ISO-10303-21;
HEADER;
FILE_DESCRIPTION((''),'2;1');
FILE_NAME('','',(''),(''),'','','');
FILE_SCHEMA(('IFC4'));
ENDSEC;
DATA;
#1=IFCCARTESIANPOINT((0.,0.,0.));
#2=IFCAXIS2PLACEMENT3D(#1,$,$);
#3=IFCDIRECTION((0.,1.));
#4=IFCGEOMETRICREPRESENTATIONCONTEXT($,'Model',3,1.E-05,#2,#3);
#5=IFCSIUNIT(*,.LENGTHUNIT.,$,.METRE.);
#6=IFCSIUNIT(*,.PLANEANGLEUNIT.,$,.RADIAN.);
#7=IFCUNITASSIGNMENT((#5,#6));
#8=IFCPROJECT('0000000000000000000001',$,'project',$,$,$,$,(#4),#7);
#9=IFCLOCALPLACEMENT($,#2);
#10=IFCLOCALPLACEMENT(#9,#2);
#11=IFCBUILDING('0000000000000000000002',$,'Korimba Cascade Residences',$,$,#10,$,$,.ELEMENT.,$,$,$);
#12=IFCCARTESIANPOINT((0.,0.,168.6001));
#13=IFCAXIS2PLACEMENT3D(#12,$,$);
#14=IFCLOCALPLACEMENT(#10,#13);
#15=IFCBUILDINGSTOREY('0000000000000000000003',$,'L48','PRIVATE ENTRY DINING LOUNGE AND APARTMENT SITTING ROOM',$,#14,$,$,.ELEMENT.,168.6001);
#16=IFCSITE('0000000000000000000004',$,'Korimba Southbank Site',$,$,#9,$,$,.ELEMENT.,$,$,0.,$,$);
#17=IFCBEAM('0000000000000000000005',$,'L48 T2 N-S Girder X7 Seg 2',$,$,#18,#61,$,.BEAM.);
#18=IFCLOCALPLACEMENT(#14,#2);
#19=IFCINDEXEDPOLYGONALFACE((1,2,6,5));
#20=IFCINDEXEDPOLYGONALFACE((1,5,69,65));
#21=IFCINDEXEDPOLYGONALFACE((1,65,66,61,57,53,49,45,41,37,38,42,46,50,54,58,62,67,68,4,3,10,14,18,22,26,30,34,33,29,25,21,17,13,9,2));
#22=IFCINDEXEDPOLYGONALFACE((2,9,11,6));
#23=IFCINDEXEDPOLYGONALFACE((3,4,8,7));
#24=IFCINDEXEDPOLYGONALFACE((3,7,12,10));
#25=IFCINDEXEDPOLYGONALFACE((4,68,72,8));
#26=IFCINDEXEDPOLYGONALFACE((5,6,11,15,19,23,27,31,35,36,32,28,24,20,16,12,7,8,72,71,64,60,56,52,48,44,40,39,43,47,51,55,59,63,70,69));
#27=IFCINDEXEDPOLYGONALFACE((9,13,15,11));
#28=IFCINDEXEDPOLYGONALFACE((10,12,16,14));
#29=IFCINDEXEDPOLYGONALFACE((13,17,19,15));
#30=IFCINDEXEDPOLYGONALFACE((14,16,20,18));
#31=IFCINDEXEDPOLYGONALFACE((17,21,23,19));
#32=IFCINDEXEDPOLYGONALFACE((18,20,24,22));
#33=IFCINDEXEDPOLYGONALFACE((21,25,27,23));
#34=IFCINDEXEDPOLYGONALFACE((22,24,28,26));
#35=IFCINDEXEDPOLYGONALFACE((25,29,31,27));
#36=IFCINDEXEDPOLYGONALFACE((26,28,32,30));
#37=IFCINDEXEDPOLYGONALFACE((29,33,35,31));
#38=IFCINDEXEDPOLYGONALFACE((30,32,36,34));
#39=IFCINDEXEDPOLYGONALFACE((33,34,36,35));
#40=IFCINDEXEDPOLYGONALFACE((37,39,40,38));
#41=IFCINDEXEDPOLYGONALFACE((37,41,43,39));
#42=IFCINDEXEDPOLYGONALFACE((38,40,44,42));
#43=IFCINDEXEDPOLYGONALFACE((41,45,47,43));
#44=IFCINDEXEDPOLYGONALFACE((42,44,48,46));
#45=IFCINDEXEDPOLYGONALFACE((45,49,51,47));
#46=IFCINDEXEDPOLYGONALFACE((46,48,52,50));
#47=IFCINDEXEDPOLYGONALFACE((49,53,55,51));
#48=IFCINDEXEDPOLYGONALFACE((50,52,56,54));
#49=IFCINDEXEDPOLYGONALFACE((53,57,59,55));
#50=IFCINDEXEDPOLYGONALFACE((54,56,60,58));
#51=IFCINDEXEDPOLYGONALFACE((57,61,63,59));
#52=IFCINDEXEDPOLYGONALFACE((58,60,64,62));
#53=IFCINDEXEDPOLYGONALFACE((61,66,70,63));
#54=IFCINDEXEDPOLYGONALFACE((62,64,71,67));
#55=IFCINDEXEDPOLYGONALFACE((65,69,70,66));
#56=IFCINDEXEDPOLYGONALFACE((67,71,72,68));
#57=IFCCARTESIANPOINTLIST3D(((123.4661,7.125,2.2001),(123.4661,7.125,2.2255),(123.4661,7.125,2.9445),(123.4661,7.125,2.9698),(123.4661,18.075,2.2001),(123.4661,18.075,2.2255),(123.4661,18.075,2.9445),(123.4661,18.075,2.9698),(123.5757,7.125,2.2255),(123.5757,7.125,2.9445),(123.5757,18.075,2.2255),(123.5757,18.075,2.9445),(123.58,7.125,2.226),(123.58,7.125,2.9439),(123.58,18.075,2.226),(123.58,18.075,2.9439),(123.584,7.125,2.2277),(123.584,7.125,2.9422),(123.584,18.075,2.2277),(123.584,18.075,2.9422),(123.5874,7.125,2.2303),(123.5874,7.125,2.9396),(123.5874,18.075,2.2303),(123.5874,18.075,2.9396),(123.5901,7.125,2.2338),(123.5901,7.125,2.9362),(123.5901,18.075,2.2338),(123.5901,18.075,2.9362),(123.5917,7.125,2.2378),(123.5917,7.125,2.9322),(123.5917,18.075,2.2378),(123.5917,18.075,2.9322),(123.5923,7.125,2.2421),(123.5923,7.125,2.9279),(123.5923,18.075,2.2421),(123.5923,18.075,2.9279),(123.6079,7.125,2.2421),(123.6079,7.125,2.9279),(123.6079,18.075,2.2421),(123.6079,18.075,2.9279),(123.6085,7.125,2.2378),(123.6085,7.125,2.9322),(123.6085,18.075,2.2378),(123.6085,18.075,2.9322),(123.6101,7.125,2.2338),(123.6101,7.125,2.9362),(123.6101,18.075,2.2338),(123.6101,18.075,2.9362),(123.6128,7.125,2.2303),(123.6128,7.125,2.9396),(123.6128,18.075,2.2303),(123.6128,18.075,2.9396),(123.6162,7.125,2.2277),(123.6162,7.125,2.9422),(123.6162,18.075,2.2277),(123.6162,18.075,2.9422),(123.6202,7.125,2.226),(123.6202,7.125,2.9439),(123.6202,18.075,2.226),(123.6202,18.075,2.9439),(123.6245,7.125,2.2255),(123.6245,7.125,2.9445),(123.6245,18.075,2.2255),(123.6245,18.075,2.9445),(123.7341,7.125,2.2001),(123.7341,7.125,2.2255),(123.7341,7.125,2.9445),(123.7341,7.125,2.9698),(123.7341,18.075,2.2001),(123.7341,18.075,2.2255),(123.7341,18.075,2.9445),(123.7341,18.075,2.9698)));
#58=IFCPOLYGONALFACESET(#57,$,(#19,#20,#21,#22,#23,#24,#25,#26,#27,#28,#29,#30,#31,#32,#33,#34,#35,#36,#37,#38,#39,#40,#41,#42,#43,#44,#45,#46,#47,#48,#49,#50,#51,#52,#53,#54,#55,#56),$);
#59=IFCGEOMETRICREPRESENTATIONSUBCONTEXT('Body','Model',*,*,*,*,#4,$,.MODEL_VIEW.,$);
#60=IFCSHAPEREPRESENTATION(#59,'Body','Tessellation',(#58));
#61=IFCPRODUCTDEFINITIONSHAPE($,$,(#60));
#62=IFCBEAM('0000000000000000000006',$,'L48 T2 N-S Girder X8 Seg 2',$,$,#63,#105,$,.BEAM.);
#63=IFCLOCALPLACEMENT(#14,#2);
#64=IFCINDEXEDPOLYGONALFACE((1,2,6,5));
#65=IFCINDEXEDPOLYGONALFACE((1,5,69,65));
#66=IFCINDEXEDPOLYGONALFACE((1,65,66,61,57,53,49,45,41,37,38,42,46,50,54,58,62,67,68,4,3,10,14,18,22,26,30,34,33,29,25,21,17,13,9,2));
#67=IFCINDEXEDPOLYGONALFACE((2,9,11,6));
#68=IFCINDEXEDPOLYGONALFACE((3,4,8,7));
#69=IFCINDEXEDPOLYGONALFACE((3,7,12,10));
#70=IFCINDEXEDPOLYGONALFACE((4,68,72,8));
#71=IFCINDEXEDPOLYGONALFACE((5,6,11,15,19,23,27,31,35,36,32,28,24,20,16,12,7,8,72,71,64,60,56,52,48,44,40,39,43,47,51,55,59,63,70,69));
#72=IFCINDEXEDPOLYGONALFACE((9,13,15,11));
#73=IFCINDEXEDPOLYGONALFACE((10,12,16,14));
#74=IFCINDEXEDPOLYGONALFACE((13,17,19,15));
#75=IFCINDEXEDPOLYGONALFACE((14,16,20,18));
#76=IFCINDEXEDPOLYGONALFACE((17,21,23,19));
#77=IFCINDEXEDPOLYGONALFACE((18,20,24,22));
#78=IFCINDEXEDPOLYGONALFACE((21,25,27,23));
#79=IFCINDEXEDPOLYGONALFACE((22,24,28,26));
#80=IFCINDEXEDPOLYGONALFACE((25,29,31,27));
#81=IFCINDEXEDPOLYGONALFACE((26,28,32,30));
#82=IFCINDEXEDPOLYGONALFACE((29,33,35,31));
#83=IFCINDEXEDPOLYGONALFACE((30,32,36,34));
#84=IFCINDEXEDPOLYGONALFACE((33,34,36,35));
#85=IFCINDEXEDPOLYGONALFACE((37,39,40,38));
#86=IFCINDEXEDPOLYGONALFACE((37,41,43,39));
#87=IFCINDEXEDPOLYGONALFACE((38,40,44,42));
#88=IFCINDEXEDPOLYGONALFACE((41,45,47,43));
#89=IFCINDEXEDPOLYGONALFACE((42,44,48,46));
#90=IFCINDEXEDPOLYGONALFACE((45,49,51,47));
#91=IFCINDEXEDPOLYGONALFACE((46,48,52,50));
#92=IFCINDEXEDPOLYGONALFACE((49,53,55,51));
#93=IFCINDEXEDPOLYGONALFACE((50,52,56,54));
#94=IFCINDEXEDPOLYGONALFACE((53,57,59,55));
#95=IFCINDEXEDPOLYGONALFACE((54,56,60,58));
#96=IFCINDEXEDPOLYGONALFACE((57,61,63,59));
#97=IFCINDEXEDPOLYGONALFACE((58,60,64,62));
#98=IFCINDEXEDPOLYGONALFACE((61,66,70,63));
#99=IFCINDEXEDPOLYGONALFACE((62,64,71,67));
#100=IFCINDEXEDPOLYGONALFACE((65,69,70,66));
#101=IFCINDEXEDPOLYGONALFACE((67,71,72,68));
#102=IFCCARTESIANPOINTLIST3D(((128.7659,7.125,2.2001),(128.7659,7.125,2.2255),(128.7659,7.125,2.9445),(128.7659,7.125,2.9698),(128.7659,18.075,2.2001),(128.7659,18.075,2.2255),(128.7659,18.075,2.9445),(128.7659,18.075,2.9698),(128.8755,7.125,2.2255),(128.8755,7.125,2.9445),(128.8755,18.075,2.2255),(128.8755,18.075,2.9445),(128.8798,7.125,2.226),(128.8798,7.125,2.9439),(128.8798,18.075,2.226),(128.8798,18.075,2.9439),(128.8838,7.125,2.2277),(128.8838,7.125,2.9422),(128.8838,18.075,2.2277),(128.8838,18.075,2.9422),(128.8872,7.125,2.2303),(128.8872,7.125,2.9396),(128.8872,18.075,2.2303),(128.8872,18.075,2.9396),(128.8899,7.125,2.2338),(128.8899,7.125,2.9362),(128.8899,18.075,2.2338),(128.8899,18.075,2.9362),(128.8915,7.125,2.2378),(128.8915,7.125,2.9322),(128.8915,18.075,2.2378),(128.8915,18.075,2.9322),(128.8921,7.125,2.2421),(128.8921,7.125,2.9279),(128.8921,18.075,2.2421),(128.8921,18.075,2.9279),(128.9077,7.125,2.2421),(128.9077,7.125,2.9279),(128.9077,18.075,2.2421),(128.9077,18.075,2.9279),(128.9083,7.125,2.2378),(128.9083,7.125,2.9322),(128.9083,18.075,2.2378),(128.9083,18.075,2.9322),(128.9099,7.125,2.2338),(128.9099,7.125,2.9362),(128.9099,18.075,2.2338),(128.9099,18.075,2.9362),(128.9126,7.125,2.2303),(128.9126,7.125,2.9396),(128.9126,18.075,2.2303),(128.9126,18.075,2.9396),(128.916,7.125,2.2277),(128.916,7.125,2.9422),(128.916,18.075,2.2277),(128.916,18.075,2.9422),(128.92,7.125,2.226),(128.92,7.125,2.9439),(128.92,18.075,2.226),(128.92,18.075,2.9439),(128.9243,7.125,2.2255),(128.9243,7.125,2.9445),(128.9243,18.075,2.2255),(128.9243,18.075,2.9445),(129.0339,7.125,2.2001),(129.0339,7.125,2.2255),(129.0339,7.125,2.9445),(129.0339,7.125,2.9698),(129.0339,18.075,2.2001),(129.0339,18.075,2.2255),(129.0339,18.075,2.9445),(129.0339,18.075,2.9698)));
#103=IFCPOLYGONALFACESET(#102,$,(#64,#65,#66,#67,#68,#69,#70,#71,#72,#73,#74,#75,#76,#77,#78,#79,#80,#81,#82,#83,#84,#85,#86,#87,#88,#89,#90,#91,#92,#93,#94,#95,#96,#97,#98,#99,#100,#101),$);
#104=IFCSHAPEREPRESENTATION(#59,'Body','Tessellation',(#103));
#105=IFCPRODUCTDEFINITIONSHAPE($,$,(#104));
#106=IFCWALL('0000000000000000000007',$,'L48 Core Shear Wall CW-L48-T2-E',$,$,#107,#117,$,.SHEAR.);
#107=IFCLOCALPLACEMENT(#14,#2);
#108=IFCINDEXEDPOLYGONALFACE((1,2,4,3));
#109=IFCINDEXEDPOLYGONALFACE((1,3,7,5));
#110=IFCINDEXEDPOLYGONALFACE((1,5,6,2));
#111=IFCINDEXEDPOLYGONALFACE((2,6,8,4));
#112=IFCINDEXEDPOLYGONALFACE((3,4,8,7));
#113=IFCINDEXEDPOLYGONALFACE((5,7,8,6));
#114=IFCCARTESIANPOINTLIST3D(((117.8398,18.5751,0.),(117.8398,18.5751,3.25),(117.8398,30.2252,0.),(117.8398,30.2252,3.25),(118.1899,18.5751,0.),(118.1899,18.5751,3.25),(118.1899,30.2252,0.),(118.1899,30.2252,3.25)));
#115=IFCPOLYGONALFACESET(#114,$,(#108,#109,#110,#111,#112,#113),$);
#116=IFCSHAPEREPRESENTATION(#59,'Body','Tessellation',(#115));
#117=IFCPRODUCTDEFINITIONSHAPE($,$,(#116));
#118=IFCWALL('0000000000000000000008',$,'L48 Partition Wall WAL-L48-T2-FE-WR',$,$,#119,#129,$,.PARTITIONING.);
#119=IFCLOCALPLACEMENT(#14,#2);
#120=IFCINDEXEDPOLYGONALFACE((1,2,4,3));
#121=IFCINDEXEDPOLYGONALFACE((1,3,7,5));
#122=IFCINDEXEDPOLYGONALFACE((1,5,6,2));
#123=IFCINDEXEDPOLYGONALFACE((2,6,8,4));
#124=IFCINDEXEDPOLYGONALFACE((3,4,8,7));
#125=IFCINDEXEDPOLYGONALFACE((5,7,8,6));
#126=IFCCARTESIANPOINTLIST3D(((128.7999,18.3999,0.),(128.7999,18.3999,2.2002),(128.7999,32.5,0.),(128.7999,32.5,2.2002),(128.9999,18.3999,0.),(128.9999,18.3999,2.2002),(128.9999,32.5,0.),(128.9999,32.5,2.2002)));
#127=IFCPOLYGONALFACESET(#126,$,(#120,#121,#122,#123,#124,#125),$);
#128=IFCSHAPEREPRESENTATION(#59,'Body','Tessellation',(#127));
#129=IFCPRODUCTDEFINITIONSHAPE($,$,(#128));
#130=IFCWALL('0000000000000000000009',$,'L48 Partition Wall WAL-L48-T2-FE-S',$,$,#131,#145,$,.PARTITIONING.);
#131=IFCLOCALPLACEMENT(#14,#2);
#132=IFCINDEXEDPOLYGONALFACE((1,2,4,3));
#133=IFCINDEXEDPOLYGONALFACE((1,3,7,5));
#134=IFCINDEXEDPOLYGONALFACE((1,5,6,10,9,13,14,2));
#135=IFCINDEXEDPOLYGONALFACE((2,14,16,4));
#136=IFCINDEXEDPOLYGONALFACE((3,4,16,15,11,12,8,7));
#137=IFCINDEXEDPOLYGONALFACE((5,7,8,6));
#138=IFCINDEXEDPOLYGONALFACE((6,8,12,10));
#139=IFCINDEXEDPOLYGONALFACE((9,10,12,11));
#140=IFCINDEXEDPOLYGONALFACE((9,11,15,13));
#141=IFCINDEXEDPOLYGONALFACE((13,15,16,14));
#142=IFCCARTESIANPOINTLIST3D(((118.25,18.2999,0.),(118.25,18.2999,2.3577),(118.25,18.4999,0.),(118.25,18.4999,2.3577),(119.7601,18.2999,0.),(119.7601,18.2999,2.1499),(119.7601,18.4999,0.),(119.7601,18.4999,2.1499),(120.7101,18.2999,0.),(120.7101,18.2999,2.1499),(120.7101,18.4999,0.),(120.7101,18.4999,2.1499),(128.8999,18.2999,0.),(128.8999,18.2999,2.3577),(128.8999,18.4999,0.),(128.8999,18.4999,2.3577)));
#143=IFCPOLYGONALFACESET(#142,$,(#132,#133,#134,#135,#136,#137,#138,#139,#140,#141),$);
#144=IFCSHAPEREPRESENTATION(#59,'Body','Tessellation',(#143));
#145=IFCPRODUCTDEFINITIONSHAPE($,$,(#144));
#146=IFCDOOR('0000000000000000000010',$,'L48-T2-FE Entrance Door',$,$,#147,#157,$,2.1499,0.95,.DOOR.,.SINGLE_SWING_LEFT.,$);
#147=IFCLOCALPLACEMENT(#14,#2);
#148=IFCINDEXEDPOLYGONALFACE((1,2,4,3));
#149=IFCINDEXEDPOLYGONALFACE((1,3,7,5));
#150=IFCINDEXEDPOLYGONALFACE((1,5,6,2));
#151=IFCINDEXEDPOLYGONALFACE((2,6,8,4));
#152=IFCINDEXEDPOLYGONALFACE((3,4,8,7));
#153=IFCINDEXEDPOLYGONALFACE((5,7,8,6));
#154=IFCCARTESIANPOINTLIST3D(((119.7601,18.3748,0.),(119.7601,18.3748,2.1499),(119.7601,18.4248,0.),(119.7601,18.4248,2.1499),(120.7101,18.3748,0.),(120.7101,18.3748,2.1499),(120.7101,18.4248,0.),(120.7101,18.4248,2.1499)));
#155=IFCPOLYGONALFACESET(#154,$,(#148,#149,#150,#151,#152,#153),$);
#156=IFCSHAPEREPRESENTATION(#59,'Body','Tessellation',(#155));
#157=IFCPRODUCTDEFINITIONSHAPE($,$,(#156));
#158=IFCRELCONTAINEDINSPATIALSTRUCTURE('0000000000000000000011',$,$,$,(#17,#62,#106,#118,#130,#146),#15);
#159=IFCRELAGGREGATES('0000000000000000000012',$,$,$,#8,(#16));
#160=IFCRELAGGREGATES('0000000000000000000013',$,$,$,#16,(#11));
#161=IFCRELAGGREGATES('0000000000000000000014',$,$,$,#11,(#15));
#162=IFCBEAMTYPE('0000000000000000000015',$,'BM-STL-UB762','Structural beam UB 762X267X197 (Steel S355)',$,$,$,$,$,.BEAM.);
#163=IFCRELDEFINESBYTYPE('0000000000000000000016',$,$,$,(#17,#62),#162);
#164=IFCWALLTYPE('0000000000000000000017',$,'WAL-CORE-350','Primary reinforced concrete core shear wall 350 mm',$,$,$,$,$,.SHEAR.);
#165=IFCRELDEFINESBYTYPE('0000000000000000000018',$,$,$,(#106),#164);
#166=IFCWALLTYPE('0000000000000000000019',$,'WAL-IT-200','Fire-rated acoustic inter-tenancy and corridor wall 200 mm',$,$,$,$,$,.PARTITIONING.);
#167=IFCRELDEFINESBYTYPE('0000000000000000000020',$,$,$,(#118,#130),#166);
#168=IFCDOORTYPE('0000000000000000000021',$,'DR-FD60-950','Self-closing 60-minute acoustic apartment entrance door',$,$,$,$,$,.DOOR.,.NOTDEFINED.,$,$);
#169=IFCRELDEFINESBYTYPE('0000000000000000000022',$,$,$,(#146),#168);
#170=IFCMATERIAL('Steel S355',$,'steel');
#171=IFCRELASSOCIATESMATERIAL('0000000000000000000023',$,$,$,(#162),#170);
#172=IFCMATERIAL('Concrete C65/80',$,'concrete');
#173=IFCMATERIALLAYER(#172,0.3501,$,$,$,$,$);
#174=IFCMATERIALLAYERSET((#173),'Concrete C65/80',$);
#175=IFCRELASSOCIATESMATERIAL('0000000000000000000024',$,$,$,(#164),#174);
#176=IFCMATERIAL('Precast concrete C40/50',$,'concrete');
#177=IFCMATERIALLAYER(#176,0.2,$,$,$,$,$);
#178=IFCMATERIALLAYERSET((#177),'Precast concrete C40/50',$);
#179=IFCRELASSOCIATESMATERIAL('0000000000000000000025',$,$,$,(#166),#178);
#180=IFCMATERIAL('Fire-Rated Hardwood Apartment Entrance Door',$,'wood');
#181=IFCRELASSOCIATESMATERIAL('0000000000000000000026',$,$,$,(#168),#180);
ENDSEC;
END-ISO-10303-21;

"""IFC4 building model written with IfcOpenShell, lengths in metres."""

from ifc_helpers import new_model, si_unit, direction, frame, frame_2d, origin, origin_2d, place, context, subcontext, project, spatial, rectangle, i_section, extrude, material, layer, layer_set, material_profile, profile_set, type_object, element, fill, save


model = new_model("IFC4")

# Units and contexts
model_context = context("Model", 3, precision=1e-05, world=origin(), true_north=direction((0.0, 1.0)))
body_context = subcontext(model_context, "Body", "Model", "MODEL_VIEW")
ifc_project = project(units=[si_unit("LENGTHUNIT", "METRE"), si_unit("PLANEANGLEUNIT", "RADIAN")], contexts=[model_context])

# Site, building, storey
site_placement = place(None, origin())
site = spatial("IfcSite", under=ifc_project, at=site_placement, Name="Korimba Southbank Site", CompositionType="ELEMENT", RefElevation=0.0)
building_placement = place(site_placement, origin())
building = spatial("IfcBuilding", under=site, at=building_placement, Name="Korimba Cascade Residences", CompositionType="ELEMENT")
storey_placement = place(building_placement, frame((0.0, 0.0, 168.6001)))
storey = spatial("IfcBuildingStorey", under=building, at=storey_placement, Name="L48", Description="PRIVATE ENTRY DINING LOUNGE AND APARTMENT SITTING ROOM", CompositionType="ELEMENT", Elevation=168.6001)

# Beams
ifc_material_1 = material(Name="Steel S355", Category="steel")
ifc_material_profile_1 = material_profile(ifc_material_1, i_section(OverallWidth=0.2681, OverallDepth=0.7698, WebThickness=0.0156, FlangeThickness=0.0254, FilletRadius=0.0166, at=origin_2d()), Name="Steel S355")
ifc_profile_set_1 = profile_set([ifc_material_profile_1], Name="Steel S355")
beam_type_1 = type_object("IfcBeamType", Name="BM-STL-UB762", Description="Structural beam UB 762X267X197 (Steel S355)", PredefinedType="BEAM", material=ifc_profile_set_1)
for number, where, z_axis, x_axis, name in (
    (1, (123.6001, 7.125, 2.585), (0.0, 1.0, 0.0), (-1.0, 0.0, 0.0), "L48 T2 N-S Girder X7 Seg 2"),
    (2, (128.8999, 7.125, 2.585), (0.0, 1.0, 0.0), (-1.0, 0.0, 0.0), "L48 T2 N-S Girder X8 Seg 2"),
):
    element("IfcBeam", number, at=place(storey_placement, frame(where, z_axis=z_axis, x_axis=x_axis)), inside=storey, type_object=beam_type_1, Name=name, PredefinedType="BEAM", context=body_context, shape_type="SweptSolid", body=[
        extrude(i_section(OverallWidth=0.2681, OverallDepth=0.7698, WebThickness=0.0156, FlangeThickness=0.0254, FilletRadius=0.0166, at=origin_2d()), origin(), (0.0, 0.0, 1.0), 10.95),
    ])

# Walls
ifc_material_2 = material(Name="Concrete C65/80", Category="concrete")
ifc_layer_1 = layer(ifc_material_2, 0.3501)
ifc_layer_set_1 = layer_set([ifc_layer_1], Name="Concrete C65/80")
wall_type_1 = type_object("IfcWallType", Name="WAL-CORE-350", Description="Primary reinforced concrete core shear wall 350 mm", PredefinedType="SHEAR", material=ifc_layer_set_1)
wall_1_placement = place(storey_placement, frame((118.0149, 18.575, 0.0), z_axis=(0.0, 0.0, 1.0), x_axis=(0.0, 1.0, 0.0)))
element("IfcWall", 3, at=wall_1_placement, inside=storey, type_object=wall_type_1, Name="L48 Core Shear Wall CW-L48-T2-E", PredefinedType="SHEAR", context=body_context, shape_type="SweptSolid", body=[
    extrude(rectangle(XDim=11.6501, YDim=0.3501, at=frame_2d((5.8252, 0.0))), origin(), (0.0, 0.0, 1.0), 3.25),
])
ifc_material_3 = material(Name="Precast concrete C40/50", Category="concrete")
ifc_layer_2 = layer(ifc_material_3, 0.2)
ifc_layer_set_2 = layer_set([ifc_layer_2], Name="Precast concrete C40/50")
wall_type_2 = type_object("IfcWallType", Name="WAL-IT-200", Description="Fire-rated acoustic inter-tenancy and corridor wall 200 mm", PredefinedType="PARTITIONING", material=ifc_layer_set_2)
wall_2_placement = place(storey_placement, frame((128.8999, 18.3999, 0.0), z_axis=(0.0, 0.0, 1.0), x_axis=(0.0, 1.0, 0.0)))
element("IfcWall", 4, at=wall_2_placement, inside=storey, type_object=wall_type_2, Name="L48 Partition Wall WAL-L48-T2-FE-WR", PredefinedType="PARTITIONING", context=body_context, shape_type="SweptSolid", body=[
    extrude(rectangle(XDim=14.1001, YDim=0.2, at=frame_2d((7.05, 0.0))), origin(), (0.0, 0.0, 1.0), 2.2002),
])

# Wall, opening, door
wall_3_placement = place(storey_placement, frame((118.25, 18.3999, 0.0), z_axis=(0.0, 0.0, 1.0), x_axis=(1.0, 0.0, 0.0)))
wall_3 = element("IfcWall", 5, at=wall_3_placement, inside=storey, type_object=wall_type_2, Name="L48 Partition Wall WAL-L48-T2-FE-S", PredefinedType="PARTITIONING", context=body_context, shape_type="SweptSolid", body=[
    extrude(rectangle(XDim=10.6499, YDim=0.2, at=frame_2d((5.325, 0.0))), origin(), (0.0, 0.0, 1.0), 2.3577),
])
opening_1_placement = place(wall_3_placement, frame((1.51, 0.0, 0.0)))
opening_1 = element("IfcOpeningElement", 6, at=opening_1_placement, cuts=wall_3, PredefinedType="OPENING", context=body_context, shape_type="SweptSolid", body=[
    extrude(rectangle(XDim=0.95, YDim=2.1499, at=frame_2d((0.4751, 1.075))), frame((0.0, 0.1099, 0.0), z_axis=(0.0, -1.0, 0.0), x_axis=(1.0, 0.0, 0.0)), (0.0, 0.0, 1.0), 0.22),
])
ifc_material_4 = material(Name="Fire-Rated Hardwood Apartment Entrance Door", Category="wood")
door_type_1 = type_object("IfcDoorType", Name="DR-FD60-950", Description="Self-closing 60-minute acoustic apartment entrance door", OperationType="NOTDEFINED", PredefinedType="DOOR", material=ifc_material_4)
door_1_placement = place(opening_1_placement, origin())
door_1 = element("IfcDoor", 7, at=door_1_placement, inside=storey, type_object=door_type_1, Name="L48-T2-FE Entrance Door", OperationType="SINGLE_SWING_LEFT", OverallHeight=2.1499, OverallWidth=0.95, PredefinedType="DOOR", context=body_context, shape_type="SweptSolid", body=[
    extrude(rectangle(XDim=0.95, YDim=2.1499, at=frame_2d((0.4751, 1.075))), frame((0.0, 0.0249, 0.0), z_axis=(0.0, -1.0, 0.0), x_axis=(1.0, 0.0, 0.0)), (0.0, 0.0, 1.0), 0.05),
])
fill(opening_1, door_1)

save(model, "model.ifc")
